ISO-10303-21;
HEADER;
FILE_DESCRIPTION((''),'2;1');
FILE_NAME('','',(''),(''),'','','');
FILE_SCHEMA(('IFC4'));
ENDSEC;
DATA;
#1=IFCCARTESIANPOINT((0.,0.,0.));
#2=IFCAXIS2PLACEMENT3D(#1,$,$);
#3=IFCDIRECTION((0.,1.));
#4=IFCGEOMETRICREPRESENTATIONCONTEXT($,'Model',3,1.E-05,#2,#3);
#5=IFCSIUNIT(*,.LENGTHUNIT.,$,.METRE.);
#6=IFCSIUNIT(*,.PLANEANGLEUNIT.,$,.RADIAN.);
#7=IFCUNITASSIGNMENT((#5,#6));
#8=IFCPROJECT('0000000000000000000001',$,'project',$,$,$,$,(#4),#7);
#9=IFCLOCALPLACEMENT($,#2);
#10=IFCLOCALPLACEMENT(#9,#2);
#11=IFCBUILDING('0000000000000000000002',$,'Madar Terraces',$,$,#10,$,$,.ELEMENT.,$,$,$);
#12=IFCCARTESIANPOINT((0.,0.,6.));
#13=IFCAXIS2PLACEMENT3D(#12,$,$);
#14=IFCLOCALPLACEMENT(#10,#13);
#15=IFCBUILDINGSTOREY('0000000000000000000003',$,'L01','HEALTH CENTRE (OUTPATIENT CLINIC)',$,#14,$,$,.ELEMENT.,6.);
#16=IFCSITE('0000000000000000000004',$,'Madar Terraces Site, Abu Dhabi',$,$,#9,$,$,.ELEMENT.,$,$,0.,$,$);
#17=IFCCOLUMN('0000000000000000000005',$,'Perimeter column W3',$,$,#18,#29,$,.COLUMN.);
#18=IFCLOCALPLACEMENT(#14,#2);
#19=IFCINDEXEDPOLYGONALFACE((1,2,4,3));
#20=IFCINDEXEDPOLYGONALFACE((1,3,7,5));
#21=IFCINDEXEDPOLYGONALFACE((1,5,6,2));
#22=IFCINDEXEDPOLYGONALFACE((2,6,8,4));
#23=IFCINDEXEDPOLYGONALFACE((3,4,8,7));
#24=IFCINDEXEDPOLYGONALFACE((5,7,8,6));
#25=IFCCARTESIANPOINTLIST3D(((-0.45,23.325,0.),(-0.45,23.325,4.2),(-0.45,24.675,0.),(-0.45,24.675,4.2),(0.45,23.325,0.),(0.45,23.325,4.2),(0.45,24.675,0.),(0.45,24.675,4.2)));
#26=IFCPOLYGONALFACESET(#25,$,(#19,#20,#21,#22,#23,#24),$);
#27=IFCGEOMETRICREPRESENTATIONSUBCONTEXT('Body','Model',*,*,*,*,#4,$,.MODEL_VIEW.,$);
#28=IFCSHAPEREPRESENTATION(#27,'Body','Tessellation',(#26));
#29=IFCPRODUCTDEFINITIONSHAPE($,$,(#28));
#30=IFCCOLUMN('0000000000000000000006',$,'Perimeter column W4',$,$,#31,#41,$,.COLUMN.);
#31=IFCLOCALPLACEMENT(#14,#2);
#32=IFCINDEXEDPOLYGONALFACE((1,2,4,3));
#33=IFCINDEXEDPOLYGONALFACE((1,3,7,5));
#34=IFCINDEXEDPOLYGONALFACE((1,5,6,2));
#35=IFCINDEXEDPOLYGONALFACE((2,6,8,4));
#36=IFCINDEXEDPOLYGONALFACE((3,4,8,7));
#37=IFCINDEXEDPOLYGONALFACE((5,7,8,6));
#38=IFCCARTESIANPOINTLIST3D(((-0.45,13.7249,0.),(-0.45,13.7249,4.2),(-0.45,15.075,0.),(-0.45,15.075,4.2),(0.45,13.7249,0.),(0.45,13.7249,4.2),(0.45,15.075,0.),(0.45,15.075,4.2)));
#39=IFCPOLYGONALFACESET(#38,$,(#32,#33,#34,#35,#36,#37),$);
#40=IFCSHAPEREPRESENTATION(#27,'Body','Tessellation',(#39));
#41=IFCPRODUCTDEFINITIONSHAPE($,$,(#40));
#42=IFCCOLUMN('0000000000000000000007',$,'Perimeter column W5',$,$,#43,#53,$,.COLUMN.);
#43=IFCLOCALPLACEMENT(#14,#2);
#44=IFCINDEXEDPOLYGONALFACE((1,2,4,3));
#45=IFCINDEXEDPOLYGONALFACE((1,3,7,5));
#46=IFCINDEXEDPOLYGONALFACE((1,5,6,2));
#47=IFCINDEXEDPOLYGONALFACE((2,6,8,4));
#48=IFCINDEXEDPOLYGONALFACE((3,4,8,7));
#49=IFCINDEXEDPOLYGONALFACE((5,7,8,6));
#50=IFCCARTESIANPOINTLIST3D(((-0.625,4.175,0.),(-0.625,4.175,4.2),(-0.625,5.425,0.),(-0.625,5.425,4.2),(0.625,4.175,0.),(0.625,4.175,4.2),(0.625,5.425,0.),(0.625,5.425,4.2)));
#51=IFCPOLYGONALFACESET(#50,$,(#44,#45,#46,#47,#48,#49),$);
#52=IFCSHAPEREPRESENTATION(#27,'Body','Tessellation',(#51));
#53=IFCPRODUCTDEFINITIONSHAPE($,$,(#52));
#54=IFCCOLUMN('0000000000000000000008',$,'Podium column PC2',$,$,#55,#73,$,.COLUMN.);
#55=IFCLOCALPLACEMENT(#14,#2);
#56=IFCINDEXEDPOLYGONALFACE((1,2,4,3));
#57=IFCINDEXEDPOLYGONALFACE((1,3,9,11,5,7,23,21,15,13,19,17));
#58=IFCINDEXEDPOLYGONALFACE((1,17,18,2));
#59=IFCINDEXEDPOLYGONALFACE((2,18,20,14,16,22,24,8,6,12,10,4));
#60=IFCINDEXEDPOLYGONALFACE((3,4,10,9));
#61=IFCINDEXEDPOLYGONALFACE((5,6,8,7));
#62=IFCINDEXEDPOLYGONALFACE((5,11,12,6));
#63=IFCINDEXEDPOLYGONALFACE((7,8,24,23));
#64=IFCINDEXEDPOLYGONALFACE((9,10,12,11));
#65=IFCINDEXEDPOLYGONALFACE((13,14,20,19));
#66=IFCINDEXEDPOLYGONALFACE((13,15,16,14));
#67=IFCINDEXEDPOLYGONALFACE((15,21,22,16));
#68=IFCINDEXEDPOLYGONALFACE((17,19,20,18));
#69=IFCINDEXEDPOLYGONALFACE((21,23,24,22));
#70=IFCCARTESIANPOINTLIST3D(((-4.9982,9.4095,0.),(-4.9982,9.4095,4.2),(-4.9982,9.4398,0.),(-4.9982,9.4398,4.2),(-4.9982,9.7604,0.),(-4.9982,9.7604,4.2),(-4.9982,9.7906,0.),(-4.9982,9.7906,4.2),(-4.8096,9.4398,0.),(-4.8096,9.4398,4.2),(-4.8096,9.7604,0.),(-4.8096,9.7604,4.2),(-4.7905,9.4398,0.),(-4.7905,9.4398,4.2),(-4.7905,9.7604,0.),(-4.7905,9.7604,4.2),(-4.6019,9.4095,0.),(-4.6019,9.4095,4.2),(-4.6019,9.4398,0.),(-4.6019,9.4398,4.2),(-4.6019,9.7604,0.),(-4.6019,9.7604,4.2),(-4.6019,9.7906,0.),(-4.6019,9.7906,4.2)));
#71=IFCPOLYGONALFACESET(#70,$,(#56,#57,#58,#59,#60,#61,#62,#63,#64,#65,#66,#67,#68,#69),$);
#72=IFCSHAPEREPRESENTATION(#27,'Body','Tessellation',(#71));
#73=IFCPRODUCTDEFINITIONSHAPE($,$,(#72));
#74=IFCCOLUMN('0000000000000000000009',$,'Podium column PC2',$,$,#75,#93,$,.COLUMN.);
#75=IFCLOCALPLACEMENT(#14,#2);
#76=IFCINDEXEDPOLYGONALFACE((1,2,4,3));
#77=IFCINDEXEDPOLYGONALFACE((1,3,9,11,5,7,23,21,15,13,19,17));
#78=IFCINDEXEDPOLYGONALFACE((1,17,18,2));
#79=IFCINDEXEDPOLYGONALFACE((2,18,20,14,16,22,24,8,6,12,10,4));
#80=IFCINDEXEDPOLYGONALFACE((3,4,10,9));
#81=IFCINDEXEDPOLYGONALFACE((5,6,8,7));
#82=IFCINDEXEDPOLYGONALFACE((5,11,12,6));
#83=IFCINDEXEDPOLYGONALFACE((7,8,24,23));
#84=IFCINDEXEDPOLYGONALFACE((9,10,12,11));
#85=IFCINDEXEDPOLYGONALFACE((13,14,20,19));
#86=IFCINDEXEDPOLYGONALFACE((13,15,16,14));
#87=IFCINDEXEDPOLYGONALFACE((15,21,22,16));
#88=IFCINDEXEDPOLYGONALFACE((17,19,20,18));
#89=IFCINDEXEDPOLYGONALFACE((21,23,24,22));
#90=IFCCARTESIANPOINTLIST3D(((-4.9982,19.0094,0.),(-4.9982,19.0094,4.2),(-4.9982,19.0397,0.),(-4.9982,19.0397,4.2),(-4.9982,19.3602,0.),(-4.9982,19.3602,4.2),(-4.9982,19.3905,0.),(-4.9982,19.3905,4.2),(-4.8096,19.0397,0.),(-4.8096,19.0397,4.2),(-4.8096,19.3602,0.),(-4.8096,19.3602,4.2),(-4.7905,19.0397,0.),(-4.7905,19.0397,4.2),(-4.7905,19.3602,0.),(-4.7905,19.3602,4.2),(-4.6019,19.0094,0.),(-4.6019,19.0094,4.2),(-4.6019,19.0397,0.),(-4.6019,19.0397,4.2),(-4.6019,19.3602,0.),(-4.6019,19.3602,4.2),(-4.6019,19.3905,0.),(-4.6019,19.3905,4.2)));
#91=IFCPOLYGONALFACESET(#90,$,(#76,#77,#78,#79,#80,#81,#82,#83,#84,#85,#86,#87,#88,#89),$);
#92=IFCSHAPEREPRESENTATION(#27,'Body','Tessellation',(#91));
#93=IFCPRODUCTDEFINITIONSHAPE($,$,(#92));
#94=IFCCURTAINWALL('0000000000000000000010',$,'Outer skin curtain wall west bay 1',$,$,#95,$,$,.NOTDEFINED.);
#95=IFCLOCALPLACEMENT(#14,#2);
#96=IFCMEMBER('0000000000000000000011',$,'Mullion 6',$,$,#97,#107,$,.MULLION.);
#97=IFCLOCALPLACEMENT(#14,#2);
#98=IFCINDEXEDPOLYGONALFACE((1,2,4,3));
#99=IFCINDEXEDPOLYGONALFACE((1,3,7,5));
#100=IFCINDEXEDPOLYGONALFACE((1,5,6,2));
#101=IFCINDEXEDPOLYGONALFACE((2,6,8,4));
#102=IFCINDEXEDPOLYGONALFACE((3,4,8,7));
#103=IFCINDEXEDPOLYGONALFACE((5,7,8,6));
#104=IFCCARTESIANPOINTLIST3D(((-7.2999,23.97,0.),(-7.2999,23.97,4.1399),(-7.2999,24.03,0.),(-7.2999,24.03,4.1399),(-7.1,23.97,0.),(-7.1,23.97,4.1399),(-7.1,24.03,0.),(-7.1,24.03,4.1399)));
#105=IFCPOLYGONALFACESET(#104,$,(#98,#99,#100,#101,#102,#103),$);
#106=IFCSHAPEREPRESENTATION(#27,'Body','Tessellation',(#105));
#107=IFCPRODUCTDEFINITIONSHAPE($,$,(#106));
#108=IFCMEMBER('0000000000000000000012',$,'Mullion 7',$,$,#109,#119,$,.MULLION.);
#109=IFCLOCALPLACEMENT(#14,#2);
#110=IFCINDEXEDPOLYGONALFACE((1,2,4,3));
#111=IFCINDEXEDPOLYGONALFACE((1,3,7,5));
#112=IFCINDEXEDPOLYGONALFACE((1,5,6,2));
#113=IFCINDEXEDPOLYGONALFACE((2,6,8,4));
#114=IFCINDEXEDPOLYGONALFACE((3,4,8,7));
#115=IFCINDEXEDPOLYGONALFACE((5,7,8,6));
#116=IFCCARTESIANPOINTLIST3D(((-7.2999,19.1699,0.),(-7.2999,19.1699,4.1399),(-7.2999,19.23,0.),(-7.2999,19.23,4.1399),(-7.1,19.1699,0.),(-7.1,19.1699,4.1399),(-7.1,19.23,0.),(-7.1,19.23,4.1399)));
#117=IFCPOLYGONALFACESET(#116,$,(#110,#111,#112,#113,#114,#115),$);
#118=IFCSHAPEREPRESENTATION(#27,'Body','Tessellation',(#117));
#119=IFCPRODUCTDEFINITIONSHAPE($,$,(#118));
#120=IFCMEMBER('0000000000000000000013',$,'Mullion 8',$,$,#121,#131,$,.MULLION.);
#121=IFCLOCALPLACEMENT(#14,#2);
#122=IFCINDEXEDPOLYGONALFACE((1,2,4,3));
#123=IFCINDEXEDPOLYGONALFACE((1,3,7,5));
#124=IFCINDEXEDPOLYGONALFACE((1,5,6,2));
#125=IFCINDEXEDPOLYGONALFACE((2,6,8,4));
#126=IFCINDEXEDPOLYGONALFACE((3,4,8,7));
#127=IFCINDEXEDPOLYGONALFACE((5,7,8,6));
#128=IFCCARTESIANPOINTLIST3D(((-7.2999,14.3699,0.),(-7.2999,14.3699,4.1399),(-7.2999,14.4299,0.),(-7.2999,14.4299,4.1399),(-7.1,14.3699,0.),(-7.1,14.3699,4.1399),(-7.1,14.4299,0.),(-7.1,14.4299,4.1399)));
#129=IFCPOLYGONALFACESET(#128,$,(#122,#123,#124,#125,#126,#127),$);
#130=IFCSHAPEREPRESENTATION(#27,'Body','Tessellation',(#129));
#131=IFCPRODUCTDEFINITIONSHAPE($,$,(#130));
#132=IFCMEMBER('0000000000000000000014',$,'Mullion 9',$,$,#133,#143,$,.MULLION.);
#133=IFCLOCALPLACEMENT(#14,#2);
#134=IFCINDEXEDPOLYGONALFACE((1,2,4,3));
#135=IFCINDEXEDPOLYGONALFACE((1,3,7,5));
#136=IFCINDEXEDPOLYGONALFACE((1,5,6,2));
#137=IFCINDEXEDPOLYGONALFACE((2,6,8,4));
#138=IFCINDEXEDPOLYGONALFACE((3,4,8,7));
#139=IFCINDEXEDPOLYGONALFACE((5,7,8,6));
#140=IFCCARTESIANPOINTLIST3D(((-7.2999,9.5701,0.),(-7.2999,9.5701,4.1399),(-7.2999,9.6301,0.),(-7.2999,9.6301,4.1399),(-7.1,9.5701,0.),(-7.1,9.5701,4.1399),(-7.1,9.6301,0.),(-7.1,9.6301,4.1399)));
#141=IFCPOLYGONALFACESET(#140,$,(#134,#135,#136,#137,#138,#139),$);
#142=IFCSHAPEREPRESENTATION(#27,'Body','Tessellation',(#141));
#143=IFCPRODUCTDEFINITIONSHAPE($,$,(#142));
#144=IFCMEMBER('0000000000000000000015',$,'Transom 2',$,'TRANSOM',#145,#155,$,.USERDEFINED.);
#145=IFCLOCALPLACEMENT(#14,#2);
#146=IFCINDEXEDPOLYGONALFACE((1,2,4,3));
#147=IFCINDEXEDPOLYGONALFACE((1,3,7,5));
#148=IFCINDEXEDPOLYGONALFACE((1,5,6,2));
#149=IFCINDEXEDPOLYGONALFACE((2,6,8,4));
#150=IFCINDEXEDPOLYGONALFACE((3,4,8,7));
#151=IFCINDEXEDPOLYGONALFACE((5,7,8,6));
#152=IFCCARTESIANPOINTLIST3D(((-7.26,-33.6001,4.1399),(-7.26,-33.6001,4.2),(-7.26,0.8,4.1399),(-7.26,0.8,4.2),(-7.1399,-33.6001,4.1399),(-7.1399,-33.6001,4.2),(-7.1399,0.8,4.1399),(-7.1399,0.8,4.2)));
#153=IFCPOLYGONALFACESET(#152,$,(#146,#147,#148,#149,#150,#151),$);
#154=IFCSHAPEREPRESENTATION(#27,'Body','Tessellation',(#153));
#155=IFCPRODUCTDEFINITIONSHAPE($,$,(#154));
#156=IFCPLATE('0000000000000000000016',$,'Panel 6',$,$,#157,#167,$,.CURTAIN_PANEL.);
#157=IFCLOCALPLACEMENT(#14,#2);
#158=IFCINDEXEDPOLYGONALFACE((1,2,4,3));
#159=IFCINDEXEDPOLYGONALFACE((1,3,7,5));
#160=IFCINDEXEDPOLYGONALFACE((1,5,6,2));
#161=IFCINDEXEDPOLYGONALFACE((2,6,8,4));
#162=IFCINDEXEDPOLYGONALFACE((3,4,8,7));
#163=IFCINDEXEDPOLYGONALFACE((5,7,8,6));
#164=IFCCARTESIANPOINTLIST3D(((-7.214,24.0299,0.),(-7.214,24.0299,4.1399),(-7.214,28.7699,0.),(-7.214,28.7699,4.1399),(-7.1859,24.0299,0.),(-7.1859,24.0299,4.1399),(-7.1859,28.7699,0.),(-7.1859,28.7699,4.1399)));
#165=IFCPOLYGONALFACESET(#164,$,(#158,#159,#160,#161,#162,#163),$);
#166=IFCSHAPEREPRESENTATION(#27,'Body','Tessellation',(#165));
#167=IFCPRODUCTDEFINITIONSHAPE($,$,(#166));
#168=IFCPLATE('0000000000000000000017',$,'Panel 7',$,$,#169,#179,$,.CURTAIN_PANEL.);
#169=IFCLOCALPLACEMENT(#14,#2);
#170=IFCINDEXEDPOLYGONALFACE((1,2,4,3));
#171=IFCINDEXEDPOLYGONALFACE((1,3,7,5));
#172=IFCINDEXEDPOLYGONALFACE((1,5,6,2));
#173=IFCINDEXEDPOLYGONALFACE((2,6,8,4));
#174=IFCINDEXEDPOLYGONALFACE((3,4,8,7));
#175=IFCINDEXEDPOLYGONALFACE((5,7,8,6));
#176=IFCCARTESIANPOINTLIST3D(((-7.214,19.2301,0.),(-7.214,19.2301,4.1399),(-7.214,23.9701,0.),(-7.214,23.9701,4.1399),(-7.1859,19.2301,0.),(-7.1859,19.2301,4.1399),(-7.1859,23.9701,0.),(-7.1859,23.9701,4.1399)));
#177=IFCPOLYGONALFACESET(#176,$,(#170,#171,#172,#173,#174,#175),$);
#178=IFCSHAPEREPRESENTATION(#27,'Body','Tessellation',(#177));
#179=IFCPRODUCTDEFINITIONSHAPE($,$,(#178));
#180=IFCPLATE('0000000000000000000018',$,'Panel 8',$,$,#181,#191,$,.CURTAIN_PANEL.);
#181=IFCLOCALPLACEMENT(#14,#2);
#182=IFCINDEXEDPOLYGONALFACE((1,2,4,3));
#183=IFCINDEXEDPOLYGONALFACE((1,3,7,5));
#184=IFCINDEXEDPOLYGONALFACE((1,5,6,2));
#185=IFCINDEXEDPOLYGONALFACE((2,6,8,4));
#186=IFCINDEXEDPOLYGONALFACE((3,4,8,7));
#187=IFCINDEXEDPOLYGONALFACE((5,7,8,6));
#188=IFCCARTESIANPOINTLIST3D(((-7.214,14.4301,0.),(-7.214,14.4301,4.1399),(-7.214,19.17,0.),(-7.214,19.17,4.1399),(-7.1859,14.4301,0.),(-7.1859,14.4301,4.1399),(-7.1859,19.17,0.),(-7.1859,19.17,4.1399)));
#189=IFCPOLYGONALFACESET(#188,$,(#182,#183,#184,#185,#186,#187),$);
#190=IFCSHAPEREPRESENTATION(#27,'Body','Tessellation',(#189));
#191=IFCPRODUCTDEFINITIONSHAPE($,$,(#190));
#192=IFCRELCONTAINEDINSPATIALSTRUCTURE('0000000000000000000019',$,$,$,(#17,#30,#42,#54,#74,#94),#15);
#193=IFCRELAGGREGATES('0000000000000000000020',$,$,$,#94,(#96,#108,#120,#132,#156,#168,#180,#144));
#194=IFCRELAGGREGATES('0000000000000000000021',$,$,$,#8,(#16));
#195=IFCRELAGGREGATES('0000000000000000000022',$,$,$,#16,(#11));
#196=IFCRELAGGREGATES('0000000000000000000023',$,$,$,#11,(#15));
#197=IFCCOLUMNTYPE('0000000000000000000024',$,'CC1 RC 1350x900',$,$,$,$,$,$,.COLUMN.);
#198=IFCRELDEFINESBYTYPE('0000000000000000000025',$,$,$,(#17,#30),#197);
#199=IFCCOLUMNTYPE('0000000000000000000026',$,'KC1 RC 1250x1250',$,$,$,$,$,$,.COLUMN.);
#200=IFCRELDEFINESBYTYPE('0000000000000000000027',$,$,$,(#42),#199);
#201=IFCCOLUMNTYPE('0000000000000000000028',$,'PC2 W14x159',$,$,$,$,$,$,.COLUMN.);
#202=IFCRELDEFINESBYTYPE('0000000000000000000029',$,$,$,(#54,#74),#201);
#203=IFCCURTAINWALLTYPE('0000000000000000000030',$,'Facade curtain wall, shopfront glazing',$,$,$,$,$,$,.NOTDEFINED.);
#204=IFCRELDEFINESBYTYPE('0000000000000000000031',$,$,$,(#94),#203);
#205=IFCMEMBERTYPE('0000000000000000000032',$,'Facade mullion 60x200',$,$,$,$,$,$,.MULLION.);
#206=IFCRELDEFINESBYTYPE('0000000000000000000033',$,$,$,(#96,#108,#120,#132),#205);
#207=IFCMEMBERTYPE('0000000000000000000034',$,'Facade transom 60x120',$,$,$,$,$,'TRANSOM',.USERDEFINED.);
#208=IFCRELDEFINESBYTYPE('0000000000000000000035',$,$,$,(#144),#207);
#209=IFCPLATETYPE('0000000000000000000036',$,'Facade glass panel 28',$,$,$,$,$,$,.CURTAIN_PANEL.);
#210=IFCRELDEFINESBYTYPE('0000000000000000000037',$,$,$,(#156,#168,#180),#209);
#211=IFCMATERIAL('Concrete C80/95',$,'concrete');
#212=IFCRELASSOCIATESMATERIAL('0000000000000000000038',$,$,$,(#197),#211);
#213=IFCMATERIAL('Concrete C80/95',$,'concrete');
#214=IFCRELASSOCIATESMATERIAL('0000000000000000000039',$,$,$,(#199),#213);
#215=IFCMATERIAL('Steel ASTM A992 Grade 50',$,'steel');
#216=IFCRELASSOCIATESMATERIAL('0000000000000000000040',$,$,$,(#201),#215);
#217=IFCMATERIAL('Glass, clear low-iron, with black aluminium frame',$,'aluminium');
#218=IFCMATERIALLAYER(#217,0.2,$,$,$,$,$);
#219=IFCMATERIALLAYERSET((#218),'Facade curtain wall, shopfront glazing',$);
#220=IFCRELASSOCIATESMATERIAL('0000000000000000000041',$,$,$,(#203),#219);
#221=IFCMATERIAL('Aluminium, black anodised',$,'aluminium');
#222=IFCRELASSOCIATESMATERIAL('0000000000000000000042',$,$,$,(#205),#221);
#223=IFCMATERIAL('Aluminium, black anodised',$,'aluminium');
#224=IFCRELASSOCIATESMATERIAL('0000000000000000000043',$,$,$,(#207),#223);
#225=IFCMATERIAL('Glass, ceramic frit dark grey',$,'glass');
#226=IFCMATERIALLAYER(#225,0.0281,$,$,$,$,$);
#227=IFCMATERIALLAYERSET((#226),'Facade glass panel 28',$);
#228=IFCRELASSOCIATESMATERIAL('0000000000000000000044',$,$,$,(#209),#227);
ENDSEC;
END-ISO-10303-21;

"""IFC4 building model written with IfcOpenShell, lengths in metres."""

from ifc_helpers import new_model, si_unit, direction, frame, origin, origin_2d, place, context, subcontext, project, spatial, rectangle, i_section, extrude, material, layer, layer_set, material_profile, profile_set, type_object, element, aggregate, save


model = new_model("IFC4")

# Units and contexts
model_context = context("Model", 3, precision=1e-05, world=origin(), true_north=direction((0.0, 1.0)))
body_context = subcontext(model_context, "Body", "Model", "MODEL_VIEW")
ifc_project = project(units=[si_unit("LENGTHUNIT", "METRE"), si_unit("PLANEANGLEUNIT", "RADIAN")], contexts=[model_context])

# Site, building, storey
site_placement = place(None, origin())
site = spatial("IfcSite", under=ifc_project, at=site_placement, Name="Madar Terraces Site, Abu Dhabi", CompositionType="ELEMENT", RefElevation=0.0)
building_placement = place(site_placement, origin())
building = spatial("IfcBuilding", under=site, at=building_placement, Name="Madar Terraces", CompositionType="ELEMENT")
storey_placement = place(building_placement, frame((0.0, 0.0, 6.0)))
storey = spatial("IfcBuildingStorey", under=building, at=storey_placement, Name="L01", Description="HEALTH CENTRE (OUTPATIENT CLINIC)", CompositionType="ELEMENT", Elevation=6.0)

# Columns
ifc_material_1 = material(Name="Concrete C80/95", Category="concrete")
ifc_material_profile_1 = material_profile(ifc_material_1, rectangle(XDim=1.3501, YDim=0.8999, at=origin_2d()), Name="CC1 RC 1350x900")
ifc_profile_set_1 = profile_set([ifc_material_profile_1], Name="Concrete C80/95")
column_type_1 = type_object("IfcColumnType", Name="CC1 RC 1350x900", PredefinedType="COLUMN", material=ifc_profile_set_1)
for number, where, z_axis, x_axis, name in (
    (1, (0.0, 24.0, 0.0), (0.0, 0.0, 1.0), (0.0, 1.0, 0.0), "Perimeter column W3"),
    (2, (0.0, 14.3999, 0.0), (0.0, 0.0, 1.0), (0.0, 1.0, 0.0), "Perimeter column W4"),
):
    element("IfcColumn", number, at=place(storey_placement, frame(where, z_axis=z_axis, x_axis=x_axis)), inside=storey, type_object=column_type_1, Name=name, PredefinedType="COLUMN", context=body_context, shape_type="SweptSolid", body=[
        extrude(rectangle(XDim=1.3501, YDim=0.8999, at=origin_2d()), origin(), (0.0, 0.0, 1.0), 4.2),
    ])
ifc_material_2 = material(Name="Concrete C80/95", Category="concrete")
ifc_material_profile_2 = material_profile(ifc_material_2, rectangle(XDim=1.25, YDim=1.25, at=origin_2d()), Name="KC1 RC 1250x1250")
ifc_profile_set_2 = profile_set([ifc_material_profile_2], Name="Concrete C80/95")
column_type_2 = type_object("IfcColumnType", Name="KC1 RC 1250x1250", PredefinedType="COLUMN", material=ifc_profile_set_2)
column_placement = place(storey_placement, frame((0.0, 4.8, 0.0), z_axis=(0.0, 0.0, 1.0), x_axis=(1.0, 0.0, 0.0)))
element("IfcColumn", 3, at=column_placement, inside=storey, type_object=column_type_2, Name="Perimeter column W5", PredefinedType="COLUMN", context=body_context, shape_type="SweptSolid", body=[
    extrude(rectangle(XDim=1.25, YDim=1.25, at=origin_2d()), origin(), (0.0, 0.0, 1.0), 4.2),
])
ifc_material_3 = material(Name="Steel ASTM A992 Grade 50", Category="steel")
ifc_material_profile_3 = material_profile(ifc_material_3, i_section(OverallWidth=0.3962, OverallDepth=0.3811, WebThickness=0.019, FlangeThickness=0.0303, at=origin_2d()), Name="W14x159")
ifc_profile_set_3 = profile_set([ifc_material_profile_3], Name="Steel ASTM A992 Grade 50")
column_type_3 = type_object("IfcColumnType", Name="PC2 W14x159", PredefinedType="COLUMN", material=ifc_profile_set_3)
for number, where, z_axis, x_axis, name in (
    (4, (-4.8, 9.6001, 0.0), (0.0, 0.0, 1.0), (1.0, 0.0, 0.0), "Podium column PC2"),
    (5, (-4.8, 19.2, 0.0), (0.0, 0.0, 1.0), (1.0, 0.0, 0.0), "Podium column PC2"),
):
    element("IfcColumn", number, at=place(storey_placement, frame(where, z_axis=z_axis, x_axis=x_axis)), inside=storey, type_object=column_type_3, Name=name, PredefinedType="COLUMN", context=body_context, shape_type="SweptSolid", body=[
        extrude(i_section(OverallWidth=0.3962, OverallDepth=0.3811, WebThickness=0.019, FlangeThickness=0.0303, at=origin_2d()), origin(), (0.0, 0.0, 1.0), 4.2),
    ])

# Curtain wall, members, plates
ifc_material_4 = material(Name="Glass, clear low-iron, with black aluminium frame", Category="aluminium")
ifc_layer_1 = layer(ifc_material_4, 0.2)
ifc_layer_set_1 = layer_set([ifc_layer_1], Name="Facade curtain wall, shopfront glazing")
curtain_wall_type = type_object("IfcCurtainWallType", Name="Facade curtain wall, shopfront glazing", PredefinedType="NOTDEFINED", material=ifc_layer_set_1)
curtain_wall_placement = place(storey_placement, origin())
curtain_wall = element("IfcCurtainWall", 6, at=curtain_wall_placement, inside=storey, type_object=curtain_wall_type, Name="Outer skin curtain wall west bay 1", PredefinedType="NOTDEFINED")
ifc_material_5 = material(Name="Aluminium, black anodised", Category="aluminium")
ifc_material_profile_4 = material_profile(ifc_material_5, rectangle(XDim=0.2, YDim=0.0601, at=origin_2d()), Name="Facade mullion 60x200")
ifc_profile_set_4 = profile_set([ifc_material_profile_4], Name="Aluminium, black anodised")
member_type_1 = type_object("IfcMemberType", Name="Facade mullion 60x200", PredefinedType="MULLION", material=ifc_profile_set_4)
member_1_placement = place(storey_placement, frame((-7.2, 24.0, 0.0), z_axis=(0.0, 0.0, 1.0), x_axis=(1.0, 0.0, 0.0)))
member_1 = element("IfcMember", 7, at=member_1_placement, type_object=member_type_1, Name="Mullion 6", PredefinedType="MULLION", context=body_context, shape_type="SweptSolid", body=[
    extrude(rectangle(XDim=0.2, YDim=0.0601, at=origin_2d()), origin(), (0.0, 0.0, 1.0), 4.1399),
])
member_2_placement = place(storey_placement, frame((-7.2, 19.2, 0.0), z_axis=(0.0, 0.0, 1.0), x_axis=(1.0, 0.0, 0.0)))
member_2 = element("IfcMember", 8, at=member_2_placement, type_object=member_type_1, Name="Mullion 7", PredefinedType="MULLION", context=body_context, shape_type="SweptSolid", body=[
    extrude(rectangle(XDim=0.2, YDim=0.0601, at=origin_2d()), origin(), (0.0, 0.0, 1.0), 4.1399),
])
member_3_placement = place(storey_placement, frame((-7.2, 14.3999, 0.0), z_axis=(0.0, 0.0, 1.0), x_axis=(1.0, 0.0, 0.0)))
member_3 = element("IfcMember", 9, at=member_3_placement, type_object=member_type_1, Name="Mullion 8", PredefinedType="MULLION", context=body_context, shape_type="SweptSolid", body=[
    extrude(rectangle(XDim=0.2, YDim=0.0601, at=origin_2d()), origin(), (0.0, 0.0, 1.0), 4.1399),
])
member_4_placement = place(storey_placement, frame((-7.2, 9.6001, 0.0), z_axis=(0.0, 0.0, 1.0), x_axis=(1.0, 0.0, 0.0)))
member_4 = element("IfcMember", 10, at=member_4_placement, type_object=member_type_1, Name="Mullion 9", PredefinedType="MULLION", context=body_context, shape_type="SweptSolid", body=[
    extrude(rectangle(XDim=0.2, YDim=0.0601, at=origin_2d()), origin(), (0.0, 0.0, 1.0), 4.1399),
])
ifc_material_6 = material(Name="Aluminium, black anodised", Category="aluminium")
ifc_material_profile_5 = material_profile(ifc_material_6, rectangle(XDim=0.1201, YDim=0.0601, at=origin_2d()), Name="Facade transom 60x120")
ifc_profile_set_5 = profile_set([ifc_material_profile_5], Name="Aluminium, black anodised")
member_type_2 = type_object("IfcMemberType", Name="Facade transom 60x120", ElementType="TRANSOM", PredefinedType="USERDEFINED", material=ifc_profile_set_5)
member_5_placement = place(storey_placement, frame((-7.2, 0.8, 4.1699), z_axis=(0.0, -1.0, 0.0), x_axis=(1.0, 0.0, 0.0)))
member_5 = element("IfcMember", 11, at=member_5_placement, type_object=member_type_2, Name="Transom 2", ObjectType="TRANSOM", PredefinedType="USERDEFINED", context=body_context, shape_type="SweptSolid", body=[
    extrude(rectangle(XDim=0.1201, YDim=0.0601, at=origin_2d()), origin(), (0.0, 0.0, 1.0), 34.4001),
])
ifc_material_7 = material(Name="Glass, ceramic frit dark grey", Category="glass")
ifc_layer_2 = layer(ifc_material_7, 0.0281)
ifc_layer_set_2 = layer_set([ifc_layer_2], Name="Facade glass panel 28")
plate_type = type_object("IfcPlateType", Name="Facade glass panel 28", PredefinedType="CURTAIN_PANEL", material=ifc_layer_set_2)
plate_1_placement = place(storey_placement, frame((-7.2, 26.3999, 0.0), z_axis=(0.0, 0.0, 1.0), x_axis=(0.0, -1.0, 0.0)))
plate_1 = element("IfcPlate", 12, at=plate_1_placement, type_object=plate_type, Name="Panel 6", PredefinedType="CURTAIN_PANEL", context=body_context, shape_type="SweptSolid", body=[
    extrude(rectangle(XDim=4.74, YDim=0.0281, at=origin_2d()), origin(), (0.0, 0.0, 1.0), 4.1399),
])
plate_2_placement = place(storey_placement, frame((-7.2, 21.6001, 0.0), z_axis=(0.0, 0.0, 1.0), x_axis=(0.0, -1.0, 0.0)))
plate_2 = element("IfcPlate", 13, at=plate_2_placement, type_object=plate_type, Name="Panel 7", PredefinedType="CURTAIN_PANEL", context=body_context, shape_type="SweptSolid", body=[
    extrude(rectangle(XDim=4.74, YDim=0.0281, at=origin_2d()), origin(), (0.0, 0.0, 1.0), 4.1399),
])
plate_3_placement = place(storey_placement, frame((-7.2, 16.8, 0.0), z_axis=(0.0, 0.0, 1.0), x_axis=(0.0, -1.0, 0.0)))
plate_3 = element("IfcPlate", 14, at=plate_3_placement, type_object=plate_type, Name="Panel 8", PredefinedType="CURTAIN_PANEL", context=body_context, shape_type="SweptSolid", body=[
    extrude(rectangle(XDim=4.74, YDim=0.0281, at=origin_2d()), origin(), (0.0, 0.0, 1.0), 4.1399),
])
aggregate(curtain_wall, [member_1, member_2, member_3, member_4, plate_1, plate_2, plate_3, member_5])

save(model, "model.ifc")
